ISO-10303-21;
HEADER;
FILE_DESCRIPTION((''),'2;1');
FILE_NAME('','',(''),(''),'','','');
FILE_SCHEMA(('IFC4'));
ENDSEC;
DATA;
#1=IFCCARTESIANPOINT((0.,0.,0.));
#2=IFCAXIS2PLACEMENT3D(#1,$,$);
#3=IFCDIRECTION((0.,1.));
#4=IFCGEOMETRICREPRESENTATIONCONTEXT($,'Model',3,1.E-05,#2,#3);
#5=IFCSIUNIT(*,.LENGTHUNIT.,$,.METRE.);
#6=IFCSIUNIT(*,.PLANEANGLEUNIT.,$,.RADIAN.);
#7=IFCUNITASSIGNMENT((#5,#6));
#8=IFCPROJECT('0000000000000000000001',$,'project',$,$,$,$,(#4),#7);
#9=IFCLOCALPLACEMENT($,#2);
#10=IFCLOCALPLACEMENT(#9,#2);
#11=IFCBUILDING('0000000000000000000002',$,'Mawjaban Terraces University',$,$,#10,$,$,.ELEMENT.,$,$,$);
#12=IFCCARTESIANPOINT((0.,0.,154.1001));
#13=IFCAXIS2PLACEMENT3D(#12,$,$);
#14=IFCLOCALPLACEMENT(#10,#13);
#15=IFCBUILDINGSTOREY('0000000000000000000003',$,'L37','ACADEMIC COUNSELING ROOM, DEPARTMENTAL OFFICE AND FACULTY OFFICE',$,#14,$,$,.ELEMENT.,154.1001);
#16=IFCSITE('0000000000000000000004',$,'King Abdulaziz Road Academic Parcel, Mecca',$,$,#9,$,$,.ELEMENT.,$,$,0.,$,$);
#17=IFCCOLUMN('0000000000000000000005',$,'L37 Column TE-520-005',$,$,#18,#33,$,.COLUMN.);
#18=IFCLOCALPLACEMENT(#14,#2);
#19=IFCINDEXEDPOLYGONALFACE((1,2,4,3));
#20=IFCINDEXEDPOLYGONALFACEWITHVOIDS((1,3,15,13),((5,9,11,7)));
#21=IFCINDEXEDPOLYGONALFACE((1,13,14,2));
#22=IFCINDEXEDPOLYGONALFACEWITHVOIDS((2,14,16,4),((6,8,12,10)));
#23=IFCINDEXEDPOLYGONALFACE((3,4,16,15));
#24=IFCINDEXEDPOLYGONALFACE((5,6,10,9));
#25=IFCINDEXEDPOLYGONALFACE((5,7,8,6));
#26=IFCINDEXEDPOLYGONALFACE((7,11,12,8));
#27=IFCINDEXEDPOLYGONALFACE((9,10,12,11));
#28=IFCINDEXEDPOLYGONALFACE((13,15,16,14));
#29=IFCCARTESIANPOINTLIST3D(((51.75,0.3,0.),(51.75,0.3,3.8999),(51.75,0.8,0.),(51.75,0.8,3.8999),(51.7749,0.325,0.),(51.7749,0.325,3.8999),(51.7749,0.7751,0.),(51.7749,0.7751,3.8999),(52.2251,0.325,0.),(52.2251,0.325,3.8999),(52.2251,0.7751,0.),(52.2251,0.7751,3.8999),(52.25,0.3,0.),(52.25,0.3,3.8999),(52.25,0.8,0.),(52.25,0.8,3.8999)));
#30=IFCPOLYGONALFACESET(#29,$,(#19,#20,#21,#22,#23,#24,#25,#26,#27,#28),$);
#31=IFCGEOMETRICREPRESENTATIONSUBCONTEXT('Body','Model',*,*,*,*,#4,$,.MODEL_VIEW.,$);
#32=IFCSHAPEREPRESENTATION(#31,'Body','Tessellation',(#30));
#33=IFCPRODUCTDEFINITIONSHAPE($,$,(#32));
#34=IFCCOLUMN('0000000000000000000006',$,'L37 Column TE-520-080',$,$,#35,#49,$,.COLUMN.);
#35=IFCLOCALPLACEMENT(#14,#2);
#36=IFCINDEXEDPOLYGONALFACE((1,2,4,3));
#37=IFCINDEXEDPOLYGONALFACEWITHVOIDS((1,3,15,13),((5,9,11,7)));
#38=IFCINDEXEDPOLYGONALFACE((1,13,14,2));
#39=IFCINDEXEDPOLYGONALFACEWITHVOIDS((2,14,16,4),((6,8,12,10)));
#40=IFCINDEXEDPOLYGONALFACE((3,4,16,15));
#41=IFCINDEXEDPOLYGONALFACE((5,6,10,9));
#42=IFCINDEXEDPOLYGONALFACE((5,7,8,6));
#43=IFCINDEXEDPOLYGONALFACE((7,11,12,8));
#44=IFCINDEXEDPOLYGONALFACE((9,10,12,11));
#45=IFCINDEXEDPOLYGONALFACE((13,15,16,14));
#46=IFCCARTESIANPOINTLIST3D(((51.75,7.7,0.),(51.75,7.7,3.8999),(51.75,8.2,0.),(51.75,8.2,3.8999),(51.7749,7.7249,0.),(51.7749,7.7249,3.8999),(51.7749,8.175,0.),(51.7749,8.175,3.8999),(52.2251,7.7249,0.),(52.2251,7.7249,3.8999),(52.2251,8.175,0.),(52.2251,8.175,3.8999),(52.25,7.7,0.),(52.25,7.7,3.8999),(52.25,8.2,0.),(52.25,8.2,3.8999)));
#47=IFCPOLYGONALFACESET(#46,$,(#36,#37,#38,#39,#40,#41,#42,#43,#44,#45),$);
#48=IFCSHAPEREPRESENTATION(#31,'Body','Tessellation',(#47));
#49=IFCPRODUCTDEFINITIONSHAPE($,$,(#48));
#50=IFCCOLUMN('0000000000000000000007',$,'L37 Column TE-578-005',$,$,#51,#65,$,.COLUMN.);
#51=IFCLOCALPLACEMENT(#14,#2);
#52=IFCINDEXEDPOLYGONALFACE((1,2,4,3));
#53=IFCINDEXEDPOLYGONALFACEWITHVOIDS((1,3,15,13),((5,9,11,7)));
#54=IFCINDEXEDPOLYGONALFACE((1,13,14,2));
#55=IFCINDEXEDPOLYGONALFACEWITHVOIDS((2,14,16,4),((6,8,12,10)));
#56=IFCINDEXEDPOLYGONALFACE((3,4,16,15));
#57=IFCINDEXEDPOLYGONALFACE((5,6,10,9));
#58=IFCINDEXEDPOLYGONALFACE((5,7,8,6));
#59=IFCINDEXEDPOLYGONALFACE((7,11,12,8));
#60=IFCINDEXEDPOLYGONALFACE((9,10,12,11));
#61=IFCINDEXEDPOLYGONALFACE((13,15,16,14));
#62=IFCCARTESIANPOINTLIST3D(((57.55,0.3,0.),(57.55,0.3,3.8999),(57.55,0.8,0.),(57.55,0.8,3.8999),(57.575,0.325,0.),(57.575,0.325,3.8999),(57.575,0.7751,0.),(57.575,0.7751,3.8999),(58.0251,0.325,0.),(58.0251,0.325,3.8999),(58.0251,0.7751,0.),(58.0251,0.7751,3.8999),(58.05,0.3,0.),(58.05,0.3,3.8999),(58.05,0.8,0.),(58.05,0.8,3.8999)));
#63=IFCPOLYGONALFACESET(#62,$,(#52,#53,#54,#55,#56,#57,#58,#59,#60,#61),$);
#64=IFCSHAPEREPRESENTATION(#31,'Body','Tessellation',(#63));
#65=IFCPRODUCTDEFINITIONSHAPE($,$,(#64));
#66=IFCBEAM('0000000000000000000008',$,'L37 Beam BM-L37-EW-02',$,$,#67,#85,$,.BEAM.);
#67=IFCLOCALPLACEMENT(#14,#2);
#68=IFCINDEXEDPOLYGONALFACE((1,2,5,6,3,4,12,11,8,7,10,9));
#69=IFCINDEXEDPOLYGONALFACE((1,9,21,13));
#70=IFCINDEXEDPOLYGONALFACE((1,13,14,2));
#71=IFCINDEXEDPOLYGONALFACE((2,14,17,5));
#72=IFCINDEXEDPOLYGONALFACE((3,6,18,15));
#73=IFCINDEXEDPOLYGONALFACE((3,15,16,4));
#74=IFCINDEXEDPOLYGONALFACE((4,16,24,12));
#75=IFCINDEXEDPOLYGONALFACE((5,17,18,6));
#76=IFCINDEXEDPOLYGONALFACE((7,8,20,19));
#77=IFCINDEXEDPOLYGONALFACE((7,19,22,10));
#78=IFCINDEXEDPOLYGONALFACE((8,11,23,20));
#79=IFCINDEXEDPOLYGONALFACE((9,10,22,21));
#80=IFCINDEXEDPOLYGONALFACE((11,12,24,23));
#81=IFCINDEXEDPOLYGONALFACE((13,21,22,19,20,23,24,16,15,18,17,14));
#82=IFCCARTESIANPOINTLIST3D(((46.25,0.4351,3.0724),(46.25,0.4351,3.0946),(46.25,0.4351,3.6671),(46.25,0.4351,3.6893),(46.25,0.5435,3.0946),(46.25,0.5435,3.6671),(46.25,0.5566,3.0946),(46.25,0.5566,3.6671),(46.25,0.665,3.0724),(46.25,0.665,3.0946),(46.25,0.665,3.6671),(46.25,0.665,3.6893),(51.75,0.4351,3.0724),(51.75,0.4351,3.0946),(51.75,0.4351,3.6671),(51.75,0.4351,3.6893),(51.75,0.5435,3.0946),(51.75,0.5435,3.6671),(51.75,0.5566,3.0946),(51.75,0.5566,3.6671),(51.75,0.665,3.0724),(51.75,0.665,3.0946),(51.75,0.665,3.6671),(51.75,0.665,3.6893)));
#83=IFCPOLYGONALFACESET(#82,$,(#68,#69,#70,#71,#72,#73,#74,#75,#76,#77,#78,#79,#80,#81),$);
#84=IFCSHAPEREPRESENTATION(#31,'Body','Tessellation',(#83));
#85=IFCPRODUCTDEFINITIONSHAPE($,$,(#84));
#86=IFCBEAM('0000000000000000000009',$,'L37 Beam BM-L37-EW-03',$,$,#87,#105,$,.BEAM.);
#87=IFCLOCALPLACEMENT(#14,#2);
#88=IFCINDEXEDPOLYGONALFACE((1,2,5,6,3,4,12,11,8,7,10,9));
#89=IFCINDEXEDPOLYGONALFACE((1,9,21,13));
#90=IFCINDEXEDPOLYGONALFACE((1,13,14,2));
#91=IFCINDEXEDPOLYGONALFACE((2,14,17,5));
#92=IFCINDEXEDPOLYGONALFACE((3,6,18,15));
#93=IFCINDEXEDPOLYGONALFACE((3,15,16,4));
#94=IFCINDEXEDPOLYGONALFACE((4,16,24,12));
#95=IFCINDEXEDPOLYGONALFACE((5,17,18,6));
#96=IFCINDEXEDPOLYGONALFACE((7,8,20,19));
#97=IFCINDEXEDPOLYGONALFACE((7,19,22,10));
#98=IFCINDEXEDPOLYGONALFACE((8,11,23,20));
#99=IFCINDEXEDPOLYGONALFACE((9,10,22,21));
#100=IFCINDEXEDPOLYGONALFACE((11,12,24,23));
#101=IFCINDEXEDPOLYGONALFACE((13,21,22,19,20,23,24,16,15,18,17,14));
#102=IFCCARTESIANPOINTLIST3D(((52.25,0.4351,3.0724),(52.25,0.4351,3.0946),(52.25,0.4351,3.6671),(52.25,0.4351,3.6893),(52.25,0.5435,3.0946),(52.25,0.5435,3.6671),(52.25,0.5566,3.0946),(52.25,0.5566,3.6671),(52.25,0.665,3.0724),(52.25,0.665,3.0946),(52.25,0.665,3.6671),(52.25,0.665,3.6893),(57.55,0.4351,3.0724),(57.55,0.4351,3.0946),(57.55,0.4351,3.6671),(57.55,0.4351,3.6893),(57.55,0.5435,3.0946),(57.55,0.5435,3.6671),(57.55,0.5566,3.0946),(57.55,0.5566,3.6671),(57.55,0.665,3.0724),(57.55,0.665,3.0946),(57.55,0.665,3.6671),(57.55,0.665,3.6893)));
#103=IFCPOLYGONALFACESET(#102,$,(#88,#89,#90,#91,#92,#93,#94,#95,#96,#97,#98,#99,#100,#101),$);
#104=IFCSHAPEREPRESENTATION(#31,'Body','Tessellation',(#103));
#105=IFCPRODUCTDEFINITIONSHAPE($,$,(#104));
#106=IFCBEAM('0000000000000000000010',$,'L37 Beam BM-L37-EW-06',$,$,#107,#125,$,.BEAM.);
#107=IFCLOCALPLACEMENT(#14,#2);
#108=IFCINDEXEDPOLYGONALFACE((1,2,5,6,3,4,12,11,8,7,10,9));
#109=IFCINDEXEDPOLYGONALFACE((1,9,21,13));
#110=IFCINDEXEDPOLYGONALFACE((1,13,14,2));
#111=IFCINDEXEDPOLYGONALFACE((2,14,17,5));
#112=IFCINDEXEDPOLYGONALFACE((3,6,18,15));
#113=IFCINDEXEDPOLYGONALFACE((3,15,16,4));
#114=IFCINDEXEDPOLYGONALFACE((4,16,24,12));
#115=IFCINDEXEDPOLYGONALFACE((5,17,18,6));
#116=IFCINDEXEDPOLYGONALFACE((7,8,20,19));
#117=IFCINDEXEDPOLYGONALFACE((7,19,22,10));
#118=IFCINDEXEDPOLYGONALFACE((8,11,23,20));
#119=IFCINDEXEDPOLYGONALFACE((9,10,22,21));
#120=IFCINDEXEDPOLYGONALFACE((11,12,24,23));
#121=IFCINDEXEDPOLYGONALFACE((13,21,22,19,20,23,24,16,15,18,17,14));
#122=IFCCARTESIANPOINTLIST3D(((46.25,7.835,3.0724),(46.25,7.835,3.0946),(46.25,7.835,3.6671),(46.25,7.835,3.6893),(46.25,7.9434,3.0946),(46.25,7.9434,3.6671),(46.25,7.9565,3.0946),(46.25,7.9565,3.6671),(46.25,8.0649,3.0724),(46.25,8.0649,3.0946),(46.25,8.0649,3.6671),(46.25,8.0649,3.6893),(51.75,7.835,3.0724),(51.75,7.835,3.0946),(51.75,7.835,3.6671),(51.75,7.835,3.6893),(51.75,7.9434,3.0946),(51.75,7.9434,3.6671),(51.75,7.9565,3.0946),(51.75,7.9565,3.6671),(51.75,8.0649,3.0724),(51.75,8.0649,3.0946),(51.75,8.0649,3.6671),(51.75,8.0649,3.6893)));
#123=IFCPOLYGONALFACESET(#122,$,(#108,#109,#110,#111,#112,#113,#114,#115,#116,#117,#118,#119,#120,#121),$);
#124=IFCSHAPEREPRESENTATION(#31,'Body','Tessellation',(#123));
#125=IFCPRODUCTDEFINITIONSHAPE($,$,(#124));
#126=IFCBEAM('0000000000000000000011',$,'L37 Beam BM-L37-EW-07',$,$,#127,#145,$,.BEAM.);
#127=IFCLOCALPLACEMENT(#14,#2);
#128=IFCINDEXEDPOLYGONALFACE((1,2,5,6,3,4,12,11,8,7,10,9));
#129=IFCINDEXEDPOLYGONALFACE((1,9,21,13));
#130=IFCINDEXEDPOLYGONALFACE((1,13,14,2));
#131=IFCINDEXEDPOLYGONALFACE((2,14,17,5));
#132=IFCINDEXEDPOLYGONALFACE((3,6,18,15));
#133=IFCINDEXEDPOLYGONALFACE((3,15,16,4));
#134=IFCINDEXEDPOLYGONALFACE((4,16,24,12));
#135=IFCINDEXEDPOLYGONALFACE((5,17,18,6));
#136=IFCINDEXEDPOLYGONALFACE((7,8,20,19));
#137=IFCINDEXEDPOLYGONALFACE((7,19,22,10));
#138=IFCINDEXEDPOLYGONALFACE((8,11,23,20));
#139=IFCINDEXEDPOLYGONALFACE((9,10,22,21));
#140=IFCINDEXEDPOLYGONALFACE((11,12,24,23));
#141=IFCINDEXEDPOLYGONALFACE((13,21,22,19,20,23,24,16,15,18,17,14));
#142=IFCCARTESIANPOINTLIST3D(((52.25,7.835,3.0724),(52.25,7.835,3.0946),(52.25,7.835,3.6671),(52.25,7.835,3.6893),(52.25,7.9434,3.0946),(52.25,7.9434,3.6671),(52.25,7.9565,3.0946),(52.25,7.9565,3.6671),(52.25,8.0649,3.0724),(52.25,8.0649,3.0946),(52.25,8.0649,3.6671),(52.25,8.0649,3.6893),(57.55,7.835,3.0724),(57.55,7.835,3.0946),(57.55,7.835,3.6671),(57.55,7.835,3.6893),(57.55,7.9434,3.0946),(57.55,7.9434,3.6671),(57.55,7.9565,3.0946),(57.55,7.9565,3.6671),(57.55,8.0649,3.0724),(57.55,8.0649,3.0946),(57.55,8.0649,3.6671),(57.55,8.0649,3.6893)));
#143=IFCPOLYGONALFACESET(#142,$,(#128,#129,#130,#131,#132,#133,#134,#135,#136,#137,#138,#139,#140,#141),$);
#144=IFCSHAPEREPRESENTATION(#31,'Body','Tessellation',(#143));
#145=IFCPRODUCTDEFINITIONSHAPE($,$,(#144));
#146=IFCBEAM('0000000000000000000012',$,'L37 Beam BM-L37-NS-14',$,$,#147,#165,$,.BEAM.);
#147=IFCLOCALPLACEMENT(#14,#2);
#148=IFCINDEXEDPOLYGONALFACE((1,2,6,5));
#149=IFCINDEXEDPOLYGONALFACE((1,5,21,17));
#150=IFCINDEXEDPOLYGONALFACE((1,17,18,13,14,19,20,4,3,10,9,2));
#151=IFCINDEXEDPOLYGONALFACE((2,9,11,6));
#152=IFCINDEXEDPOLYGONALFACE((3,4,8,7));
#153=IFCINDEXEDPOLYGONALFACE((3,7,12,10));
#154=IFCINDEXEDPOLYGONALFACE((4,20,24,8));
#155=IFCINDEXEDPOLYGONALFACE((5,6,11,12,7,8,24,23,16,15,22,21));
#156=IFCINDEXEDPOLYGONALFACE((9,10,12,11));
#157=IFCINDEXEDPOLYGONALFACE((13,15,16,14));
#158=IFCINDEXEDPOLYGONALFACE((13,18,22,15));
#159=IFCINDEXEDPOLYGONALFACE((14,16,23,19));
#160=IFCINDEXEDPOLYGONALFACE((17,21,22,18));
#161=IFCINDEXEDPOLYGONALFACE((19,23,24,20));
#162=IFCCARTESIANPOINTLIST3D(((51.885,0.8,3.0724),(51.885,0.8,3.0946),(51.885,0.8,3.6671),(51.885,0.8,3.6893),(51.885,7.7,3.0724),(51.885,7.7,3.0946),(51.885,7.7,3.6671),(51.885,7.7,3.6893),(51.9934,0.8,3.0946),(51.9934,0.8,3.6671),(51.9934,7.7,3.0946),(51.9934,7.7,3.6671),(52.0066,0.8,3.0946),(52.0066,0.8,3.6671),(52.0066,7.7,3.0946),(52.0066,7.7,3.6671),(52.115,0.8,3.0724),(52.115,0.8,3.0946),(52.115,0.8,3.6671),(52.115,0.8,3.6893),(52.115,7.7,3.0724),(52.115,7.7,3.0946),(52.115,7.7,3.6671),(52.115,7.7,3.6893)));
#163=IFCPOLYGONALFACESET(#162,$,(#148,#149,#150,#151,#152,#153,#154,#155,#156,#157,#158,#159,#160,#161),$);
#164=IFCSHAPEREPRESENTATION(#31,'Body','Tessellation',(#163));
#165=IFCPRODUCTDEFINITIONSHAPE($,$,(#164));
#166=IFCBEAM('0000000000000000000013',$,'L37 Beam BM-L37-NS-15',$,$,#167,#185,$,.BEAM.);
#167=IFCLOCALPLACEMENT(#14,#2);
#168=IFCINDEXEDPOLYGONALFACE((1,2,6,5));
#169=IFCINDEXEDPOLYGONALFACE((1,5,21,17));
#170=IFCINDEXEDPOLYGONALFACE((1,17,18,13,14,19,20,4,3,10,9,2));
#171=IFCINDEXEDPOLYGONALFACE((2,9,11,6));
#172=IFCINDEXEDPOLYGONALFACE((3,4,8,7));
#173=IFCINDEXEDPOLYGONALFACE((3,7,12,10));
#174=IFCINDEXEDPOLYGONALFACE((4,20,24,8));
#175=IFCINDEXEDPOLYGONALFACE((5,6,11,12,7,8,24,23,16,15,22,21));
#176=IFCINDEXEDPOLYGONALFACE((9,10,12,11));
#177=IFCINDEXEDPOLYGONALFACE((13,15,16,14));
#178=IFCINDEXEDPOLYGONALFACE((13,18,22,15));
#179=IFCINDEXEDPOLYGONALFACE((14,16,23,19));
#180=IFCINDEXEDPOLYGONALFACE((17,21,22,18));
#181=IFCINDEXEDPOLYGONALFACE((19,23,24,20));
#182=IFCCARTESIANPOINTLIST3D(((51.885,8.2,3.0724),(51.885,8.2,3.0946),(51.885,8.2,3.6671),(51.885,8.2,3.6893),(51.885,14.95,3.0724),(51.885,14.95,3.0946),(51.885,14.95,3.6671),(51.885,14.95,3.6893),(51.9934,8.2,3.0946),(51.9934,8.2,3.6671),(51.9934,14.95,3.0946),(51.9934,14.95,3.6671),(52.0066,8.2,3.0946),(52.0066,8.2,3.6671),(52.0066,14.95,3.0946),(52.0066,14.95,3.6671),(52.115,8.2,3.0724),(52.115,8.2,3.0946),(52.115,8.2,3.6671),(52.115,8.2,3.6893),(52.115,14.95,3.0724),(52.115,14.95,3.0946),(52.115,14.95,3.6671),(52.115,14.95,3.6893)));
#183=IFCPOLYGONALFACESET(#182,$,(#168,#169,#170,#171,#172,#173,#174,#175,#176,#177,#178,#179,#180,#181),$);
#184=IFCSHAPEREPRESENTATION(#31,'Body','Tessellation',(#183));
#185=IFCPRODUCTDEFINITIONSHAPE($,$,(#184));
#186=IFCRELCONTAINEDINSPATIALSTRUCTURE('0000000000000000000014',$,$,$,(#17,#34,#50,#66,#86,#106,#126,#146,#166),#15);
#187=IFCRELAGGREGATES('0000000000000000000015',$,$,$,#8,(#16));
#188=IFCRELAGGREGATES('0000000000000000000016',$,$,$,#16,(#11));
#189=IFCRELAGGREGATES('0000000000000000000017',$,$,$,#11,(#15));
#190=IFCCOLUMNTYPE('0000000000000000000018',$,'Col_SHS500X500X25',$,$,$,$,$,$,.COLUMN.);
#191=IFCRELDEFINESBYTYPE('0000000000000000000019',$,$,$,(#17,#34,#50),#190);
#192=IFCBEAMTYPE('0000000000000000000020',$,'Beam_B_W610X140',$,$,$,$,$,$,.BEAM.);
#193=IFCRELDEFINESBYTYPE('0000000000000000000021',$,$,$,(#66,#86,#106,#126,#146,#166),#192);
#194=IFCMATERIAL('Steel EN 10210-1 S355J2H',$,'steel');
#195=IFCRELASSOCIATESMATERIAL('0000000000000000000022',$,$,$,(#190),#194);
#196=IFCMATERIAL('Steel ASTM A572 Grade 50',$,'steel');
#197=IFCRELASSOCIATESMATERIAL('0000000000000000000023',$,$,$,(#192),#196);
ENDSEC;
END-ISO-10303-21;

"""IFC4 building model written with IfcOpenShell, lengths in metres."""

from ifc_helpers import new_model, si_unit, direction, frame, origin, origin_2d, place, context, subcontext, project, spatial, hollow_rectangle, i_section, extrude, material, material_profile, profile_set, type_object, element, save


model = new_model("IFC4")

# Units and contexts
model_context = context("Model", 3, precision=1e-05, world=origin(), true_north=direction((0.0, 1.0)))
body_context = subcontext(model_context, "Body", "Model", "MODEL_VIEW")
ifc_project = project(units=[si_unit("LENGTHUNIT", "METRE"), si_unit("PLANEANGLEUNIT", "RADIAN")], contexts=[model_context])

# Site, building, storey
site_placement = place(None, origin())
site = spatial("IfcSite", under=ifc_project, at=site_placement, Name="King Abdulaziz Road Academic Parcel, Mecca", CompositionType="ELEMENT", RefElevation=0.0)
building_placement = place(site_placement, origin())
building = spatial("IfcBuilding", under=site, at=building_placement, Name="Mawjaban Terraces University", CompositionType="ELEMENT")
storey_placement = place(building_placement, frame((0.0, 0.0, 154.1001)))
storey = spatial("IfcBuildingStorey", under=building, at=storey_placement, Name="L37", Description="ACADEMIC COUNSELING ROOM, DEPARTMENTAL OFFICE AND FACULTY OFFICE", CompositionType="ELEMENT", Elevation=154.1001)

# Columns
ifc_material_1 = material(Name="Steel EN 10210-1 S355J2H", Category="steel")
ifc_material_profile_1 = material_profile(ifc_material_1, hollow_rectangle(XDim=0.5, YDim=0.5, WallThickness=0.0249, at=origin_2d()), Name="SHS500X500X25")
ifc_profile_set_1 = profile_set([ifc_material_profile_1], Name="Steel EN 10210-1 S355J2H")
column_type = type_object("IfcColumnType", Name="Col_SHS500X500X25", PredefinedType="COLUMN", material=ifc_profile_set_1)
for number, where, z_axis, x_axis, name in (
    (1, (52.0, 0.55, 0.0), (0.0, 0.0, 1.0), (1.0, 0.0, 0.0), "L37 Column TE-520-005"),
    (2, (52.0, 7.95, 0.0), (0.0, 0.0, 1.0), (1.0, 0.0, 0.0), "L37 Column TE-520-080"),
    (3, (57.8, 0.55, 0.0), (0.0, 0.0, 1.0), (1.0, 0.0, 0.0), "L37 Column TE-578-005"),
):
    element("IfcColumn", number, at=place(storey_placement, frame(where, z_axis=z_axis, x_axis=x_axis)), inside=storey, type_object=column_type, Name=name, PredefinedType="COLUMN", context=body_context, shape_type="SweptSolid", body=[
        extrude(hollow_rectangle(XDim=0.5, YDim=0.5, WallThickness=0.0249, at=origin_2d()), origin(), (0.0, 0.0, 1.0), 3.8999),
    ])

# Beams
ifc_material_2 = material(Name="Steel ASTM A572 Grade 50", Category="steel")
ifc_material_profile_2 = material_profile(ifc_material_2, i_section(OverallWidth=0.23, OverallDepth=0.6169, WebThickness=0.0132, FlangeThickness=0.0222, at=origin_2d()), Name="W610X140")
ifc_profile_set_2 = profile_set([ifc_material_profile_2], Name="Steel ASTM A572 Grade 50")
beam_type_1 = type_object("IfcBeamType", Name="Beam_B_W610X140", PredefinedType="BEAM", material=ifc_profile_set_2)
beam_1_placement = place(storey_placement, frame((46.25, 0.55, 3.3809), z_axis=(1.0, 0.0, 0.0), x_axis=(0.0, 1.0, 0.0)))
element("IfcBeam", 4, at=beam_1_placement, inside=storey, type_object=beam_type_1, Name="L37 Beam BM-L37-EW-02", PredefinedType="BEAM", context=body_context, shape_type="SweptSolid", body=[
    extrude(i_section(OverallWidth=0.23, OverallDepth=0.6169, WebThickness=0.0132, FlangeThickness=0.0222, at=origin_2d()), origin(), (0.0, 0.0, 1.0), 5.5),
])
beam_2_placement = place(storey_placement, frame((52.25, 0.55, 3.3809), z_axis=(1.0, 0.0, 0.0), x_axis=(0.0, 1.0, 0.0)))
element("IfcBeam", 5, at=beam_2_placement, inside=storey, type_object=beam_type_1, Name="L37 Beam BM-L37-EW-03", PredefinedType="BEAM", context=body_context, shape_type="SweptSolid", body=[
    extrude(i_section(OverallWidth=0.23, OverallDepth=0.6169, WebThickness=0.0132, FlangeThickness=0.0222, at=origin_2d()), origin(), (0.0, 0.0, 1.0), 5.3),
])
beam_3_placement = place(storey_placement, frame((46.25, 7.95, 3.3809), z_axis=(1.0, 0.0, 0.0), x_axis=(0.0, 1.0, 0.0)))
element("IfcBeam", 6, at=beam_3_placement, inside=storey, type_object=beam_type_1, Name="L37 Beam BM-L37-EW-06", PredefinedType="BEAM", context=body_context, shape_type="SweptSolid", body=[
    extrude(i_section(OverallWidth=0.23, OverallDepth=0.6169, WebThickness=0.0132, FlangeThickness=0.0222, at=origin_2d()), origin(), (0.0, 0.0, 1.0), 5.5),
])
beam_4_placement = place(storey_placement, frame((52.25, 7.95, 3.3809), z_axis=(1.0, 0.0, 0.0), x_axis=(0.0, 1.0, 0.0)))
element("IfcBeam", 7, at=beam_4_placement, inside=storey, type_object=beam_type_1, Name="L37 Beam BM-L37-EW-07", PredefinedType="BEAM", context=body_context, shape_type="SweptSolid", body=[
    extrude(i_section(OverallWidth=0.23, OverallDepth=0.6169, WebThickness=0.0132, FlangeThickness=0.0222, at=origin_2d()), origin(), (0.0, 0.0, 1.0), 5.3),
])
beam_5_placement = place(storey_placement, frame((52.0, 0.8, 3.3809), z_axis=(0.0, 1.0, 0.0), x_axis=(-1.0, 0.0, 0.0)))
element("IfcBeam", 8, at=beam_5_placement, inside=storey, type_object=beam_type_1, Name="L37 Beam BM-L37-NS-14", PredefinedType="BEAM", context=body_context, shape_type="SweptSolid", body=[
    extrude(i_section(OverallWidth=0.23, OverallDepth=0.6169, WebThickness=0.0132, FlangeThickness=0.0222, at=origin_2d()), origin(), (0.0, 0.0, 1.0), 6.8999),
])
beam_6_placement = place(storey_placement, frame((52.0, 8.2, 3.3809), z_axis=(0.0, 1.0, 0.0), x_axis=(-1.0, 0.0, 0.0)))
element("IfcBeam", 9, at=beam_6_placement, inside=storey, type_object=beam_type_1, Name="L37 Beam BM-L37-NS-15", PredefinedType="BEAM", context=body_context, shape_type="SweptSolid", body=[
    extrude(i_section(OverallWidth=0.23, OverallDepth=0.6169, WebThickness=0.0132, FlangeThickness=0.0222, at=origin_2d()), origin(), (0.0, 0.0, 1.0), 6.75),
])

save(model, "model.ifc")
